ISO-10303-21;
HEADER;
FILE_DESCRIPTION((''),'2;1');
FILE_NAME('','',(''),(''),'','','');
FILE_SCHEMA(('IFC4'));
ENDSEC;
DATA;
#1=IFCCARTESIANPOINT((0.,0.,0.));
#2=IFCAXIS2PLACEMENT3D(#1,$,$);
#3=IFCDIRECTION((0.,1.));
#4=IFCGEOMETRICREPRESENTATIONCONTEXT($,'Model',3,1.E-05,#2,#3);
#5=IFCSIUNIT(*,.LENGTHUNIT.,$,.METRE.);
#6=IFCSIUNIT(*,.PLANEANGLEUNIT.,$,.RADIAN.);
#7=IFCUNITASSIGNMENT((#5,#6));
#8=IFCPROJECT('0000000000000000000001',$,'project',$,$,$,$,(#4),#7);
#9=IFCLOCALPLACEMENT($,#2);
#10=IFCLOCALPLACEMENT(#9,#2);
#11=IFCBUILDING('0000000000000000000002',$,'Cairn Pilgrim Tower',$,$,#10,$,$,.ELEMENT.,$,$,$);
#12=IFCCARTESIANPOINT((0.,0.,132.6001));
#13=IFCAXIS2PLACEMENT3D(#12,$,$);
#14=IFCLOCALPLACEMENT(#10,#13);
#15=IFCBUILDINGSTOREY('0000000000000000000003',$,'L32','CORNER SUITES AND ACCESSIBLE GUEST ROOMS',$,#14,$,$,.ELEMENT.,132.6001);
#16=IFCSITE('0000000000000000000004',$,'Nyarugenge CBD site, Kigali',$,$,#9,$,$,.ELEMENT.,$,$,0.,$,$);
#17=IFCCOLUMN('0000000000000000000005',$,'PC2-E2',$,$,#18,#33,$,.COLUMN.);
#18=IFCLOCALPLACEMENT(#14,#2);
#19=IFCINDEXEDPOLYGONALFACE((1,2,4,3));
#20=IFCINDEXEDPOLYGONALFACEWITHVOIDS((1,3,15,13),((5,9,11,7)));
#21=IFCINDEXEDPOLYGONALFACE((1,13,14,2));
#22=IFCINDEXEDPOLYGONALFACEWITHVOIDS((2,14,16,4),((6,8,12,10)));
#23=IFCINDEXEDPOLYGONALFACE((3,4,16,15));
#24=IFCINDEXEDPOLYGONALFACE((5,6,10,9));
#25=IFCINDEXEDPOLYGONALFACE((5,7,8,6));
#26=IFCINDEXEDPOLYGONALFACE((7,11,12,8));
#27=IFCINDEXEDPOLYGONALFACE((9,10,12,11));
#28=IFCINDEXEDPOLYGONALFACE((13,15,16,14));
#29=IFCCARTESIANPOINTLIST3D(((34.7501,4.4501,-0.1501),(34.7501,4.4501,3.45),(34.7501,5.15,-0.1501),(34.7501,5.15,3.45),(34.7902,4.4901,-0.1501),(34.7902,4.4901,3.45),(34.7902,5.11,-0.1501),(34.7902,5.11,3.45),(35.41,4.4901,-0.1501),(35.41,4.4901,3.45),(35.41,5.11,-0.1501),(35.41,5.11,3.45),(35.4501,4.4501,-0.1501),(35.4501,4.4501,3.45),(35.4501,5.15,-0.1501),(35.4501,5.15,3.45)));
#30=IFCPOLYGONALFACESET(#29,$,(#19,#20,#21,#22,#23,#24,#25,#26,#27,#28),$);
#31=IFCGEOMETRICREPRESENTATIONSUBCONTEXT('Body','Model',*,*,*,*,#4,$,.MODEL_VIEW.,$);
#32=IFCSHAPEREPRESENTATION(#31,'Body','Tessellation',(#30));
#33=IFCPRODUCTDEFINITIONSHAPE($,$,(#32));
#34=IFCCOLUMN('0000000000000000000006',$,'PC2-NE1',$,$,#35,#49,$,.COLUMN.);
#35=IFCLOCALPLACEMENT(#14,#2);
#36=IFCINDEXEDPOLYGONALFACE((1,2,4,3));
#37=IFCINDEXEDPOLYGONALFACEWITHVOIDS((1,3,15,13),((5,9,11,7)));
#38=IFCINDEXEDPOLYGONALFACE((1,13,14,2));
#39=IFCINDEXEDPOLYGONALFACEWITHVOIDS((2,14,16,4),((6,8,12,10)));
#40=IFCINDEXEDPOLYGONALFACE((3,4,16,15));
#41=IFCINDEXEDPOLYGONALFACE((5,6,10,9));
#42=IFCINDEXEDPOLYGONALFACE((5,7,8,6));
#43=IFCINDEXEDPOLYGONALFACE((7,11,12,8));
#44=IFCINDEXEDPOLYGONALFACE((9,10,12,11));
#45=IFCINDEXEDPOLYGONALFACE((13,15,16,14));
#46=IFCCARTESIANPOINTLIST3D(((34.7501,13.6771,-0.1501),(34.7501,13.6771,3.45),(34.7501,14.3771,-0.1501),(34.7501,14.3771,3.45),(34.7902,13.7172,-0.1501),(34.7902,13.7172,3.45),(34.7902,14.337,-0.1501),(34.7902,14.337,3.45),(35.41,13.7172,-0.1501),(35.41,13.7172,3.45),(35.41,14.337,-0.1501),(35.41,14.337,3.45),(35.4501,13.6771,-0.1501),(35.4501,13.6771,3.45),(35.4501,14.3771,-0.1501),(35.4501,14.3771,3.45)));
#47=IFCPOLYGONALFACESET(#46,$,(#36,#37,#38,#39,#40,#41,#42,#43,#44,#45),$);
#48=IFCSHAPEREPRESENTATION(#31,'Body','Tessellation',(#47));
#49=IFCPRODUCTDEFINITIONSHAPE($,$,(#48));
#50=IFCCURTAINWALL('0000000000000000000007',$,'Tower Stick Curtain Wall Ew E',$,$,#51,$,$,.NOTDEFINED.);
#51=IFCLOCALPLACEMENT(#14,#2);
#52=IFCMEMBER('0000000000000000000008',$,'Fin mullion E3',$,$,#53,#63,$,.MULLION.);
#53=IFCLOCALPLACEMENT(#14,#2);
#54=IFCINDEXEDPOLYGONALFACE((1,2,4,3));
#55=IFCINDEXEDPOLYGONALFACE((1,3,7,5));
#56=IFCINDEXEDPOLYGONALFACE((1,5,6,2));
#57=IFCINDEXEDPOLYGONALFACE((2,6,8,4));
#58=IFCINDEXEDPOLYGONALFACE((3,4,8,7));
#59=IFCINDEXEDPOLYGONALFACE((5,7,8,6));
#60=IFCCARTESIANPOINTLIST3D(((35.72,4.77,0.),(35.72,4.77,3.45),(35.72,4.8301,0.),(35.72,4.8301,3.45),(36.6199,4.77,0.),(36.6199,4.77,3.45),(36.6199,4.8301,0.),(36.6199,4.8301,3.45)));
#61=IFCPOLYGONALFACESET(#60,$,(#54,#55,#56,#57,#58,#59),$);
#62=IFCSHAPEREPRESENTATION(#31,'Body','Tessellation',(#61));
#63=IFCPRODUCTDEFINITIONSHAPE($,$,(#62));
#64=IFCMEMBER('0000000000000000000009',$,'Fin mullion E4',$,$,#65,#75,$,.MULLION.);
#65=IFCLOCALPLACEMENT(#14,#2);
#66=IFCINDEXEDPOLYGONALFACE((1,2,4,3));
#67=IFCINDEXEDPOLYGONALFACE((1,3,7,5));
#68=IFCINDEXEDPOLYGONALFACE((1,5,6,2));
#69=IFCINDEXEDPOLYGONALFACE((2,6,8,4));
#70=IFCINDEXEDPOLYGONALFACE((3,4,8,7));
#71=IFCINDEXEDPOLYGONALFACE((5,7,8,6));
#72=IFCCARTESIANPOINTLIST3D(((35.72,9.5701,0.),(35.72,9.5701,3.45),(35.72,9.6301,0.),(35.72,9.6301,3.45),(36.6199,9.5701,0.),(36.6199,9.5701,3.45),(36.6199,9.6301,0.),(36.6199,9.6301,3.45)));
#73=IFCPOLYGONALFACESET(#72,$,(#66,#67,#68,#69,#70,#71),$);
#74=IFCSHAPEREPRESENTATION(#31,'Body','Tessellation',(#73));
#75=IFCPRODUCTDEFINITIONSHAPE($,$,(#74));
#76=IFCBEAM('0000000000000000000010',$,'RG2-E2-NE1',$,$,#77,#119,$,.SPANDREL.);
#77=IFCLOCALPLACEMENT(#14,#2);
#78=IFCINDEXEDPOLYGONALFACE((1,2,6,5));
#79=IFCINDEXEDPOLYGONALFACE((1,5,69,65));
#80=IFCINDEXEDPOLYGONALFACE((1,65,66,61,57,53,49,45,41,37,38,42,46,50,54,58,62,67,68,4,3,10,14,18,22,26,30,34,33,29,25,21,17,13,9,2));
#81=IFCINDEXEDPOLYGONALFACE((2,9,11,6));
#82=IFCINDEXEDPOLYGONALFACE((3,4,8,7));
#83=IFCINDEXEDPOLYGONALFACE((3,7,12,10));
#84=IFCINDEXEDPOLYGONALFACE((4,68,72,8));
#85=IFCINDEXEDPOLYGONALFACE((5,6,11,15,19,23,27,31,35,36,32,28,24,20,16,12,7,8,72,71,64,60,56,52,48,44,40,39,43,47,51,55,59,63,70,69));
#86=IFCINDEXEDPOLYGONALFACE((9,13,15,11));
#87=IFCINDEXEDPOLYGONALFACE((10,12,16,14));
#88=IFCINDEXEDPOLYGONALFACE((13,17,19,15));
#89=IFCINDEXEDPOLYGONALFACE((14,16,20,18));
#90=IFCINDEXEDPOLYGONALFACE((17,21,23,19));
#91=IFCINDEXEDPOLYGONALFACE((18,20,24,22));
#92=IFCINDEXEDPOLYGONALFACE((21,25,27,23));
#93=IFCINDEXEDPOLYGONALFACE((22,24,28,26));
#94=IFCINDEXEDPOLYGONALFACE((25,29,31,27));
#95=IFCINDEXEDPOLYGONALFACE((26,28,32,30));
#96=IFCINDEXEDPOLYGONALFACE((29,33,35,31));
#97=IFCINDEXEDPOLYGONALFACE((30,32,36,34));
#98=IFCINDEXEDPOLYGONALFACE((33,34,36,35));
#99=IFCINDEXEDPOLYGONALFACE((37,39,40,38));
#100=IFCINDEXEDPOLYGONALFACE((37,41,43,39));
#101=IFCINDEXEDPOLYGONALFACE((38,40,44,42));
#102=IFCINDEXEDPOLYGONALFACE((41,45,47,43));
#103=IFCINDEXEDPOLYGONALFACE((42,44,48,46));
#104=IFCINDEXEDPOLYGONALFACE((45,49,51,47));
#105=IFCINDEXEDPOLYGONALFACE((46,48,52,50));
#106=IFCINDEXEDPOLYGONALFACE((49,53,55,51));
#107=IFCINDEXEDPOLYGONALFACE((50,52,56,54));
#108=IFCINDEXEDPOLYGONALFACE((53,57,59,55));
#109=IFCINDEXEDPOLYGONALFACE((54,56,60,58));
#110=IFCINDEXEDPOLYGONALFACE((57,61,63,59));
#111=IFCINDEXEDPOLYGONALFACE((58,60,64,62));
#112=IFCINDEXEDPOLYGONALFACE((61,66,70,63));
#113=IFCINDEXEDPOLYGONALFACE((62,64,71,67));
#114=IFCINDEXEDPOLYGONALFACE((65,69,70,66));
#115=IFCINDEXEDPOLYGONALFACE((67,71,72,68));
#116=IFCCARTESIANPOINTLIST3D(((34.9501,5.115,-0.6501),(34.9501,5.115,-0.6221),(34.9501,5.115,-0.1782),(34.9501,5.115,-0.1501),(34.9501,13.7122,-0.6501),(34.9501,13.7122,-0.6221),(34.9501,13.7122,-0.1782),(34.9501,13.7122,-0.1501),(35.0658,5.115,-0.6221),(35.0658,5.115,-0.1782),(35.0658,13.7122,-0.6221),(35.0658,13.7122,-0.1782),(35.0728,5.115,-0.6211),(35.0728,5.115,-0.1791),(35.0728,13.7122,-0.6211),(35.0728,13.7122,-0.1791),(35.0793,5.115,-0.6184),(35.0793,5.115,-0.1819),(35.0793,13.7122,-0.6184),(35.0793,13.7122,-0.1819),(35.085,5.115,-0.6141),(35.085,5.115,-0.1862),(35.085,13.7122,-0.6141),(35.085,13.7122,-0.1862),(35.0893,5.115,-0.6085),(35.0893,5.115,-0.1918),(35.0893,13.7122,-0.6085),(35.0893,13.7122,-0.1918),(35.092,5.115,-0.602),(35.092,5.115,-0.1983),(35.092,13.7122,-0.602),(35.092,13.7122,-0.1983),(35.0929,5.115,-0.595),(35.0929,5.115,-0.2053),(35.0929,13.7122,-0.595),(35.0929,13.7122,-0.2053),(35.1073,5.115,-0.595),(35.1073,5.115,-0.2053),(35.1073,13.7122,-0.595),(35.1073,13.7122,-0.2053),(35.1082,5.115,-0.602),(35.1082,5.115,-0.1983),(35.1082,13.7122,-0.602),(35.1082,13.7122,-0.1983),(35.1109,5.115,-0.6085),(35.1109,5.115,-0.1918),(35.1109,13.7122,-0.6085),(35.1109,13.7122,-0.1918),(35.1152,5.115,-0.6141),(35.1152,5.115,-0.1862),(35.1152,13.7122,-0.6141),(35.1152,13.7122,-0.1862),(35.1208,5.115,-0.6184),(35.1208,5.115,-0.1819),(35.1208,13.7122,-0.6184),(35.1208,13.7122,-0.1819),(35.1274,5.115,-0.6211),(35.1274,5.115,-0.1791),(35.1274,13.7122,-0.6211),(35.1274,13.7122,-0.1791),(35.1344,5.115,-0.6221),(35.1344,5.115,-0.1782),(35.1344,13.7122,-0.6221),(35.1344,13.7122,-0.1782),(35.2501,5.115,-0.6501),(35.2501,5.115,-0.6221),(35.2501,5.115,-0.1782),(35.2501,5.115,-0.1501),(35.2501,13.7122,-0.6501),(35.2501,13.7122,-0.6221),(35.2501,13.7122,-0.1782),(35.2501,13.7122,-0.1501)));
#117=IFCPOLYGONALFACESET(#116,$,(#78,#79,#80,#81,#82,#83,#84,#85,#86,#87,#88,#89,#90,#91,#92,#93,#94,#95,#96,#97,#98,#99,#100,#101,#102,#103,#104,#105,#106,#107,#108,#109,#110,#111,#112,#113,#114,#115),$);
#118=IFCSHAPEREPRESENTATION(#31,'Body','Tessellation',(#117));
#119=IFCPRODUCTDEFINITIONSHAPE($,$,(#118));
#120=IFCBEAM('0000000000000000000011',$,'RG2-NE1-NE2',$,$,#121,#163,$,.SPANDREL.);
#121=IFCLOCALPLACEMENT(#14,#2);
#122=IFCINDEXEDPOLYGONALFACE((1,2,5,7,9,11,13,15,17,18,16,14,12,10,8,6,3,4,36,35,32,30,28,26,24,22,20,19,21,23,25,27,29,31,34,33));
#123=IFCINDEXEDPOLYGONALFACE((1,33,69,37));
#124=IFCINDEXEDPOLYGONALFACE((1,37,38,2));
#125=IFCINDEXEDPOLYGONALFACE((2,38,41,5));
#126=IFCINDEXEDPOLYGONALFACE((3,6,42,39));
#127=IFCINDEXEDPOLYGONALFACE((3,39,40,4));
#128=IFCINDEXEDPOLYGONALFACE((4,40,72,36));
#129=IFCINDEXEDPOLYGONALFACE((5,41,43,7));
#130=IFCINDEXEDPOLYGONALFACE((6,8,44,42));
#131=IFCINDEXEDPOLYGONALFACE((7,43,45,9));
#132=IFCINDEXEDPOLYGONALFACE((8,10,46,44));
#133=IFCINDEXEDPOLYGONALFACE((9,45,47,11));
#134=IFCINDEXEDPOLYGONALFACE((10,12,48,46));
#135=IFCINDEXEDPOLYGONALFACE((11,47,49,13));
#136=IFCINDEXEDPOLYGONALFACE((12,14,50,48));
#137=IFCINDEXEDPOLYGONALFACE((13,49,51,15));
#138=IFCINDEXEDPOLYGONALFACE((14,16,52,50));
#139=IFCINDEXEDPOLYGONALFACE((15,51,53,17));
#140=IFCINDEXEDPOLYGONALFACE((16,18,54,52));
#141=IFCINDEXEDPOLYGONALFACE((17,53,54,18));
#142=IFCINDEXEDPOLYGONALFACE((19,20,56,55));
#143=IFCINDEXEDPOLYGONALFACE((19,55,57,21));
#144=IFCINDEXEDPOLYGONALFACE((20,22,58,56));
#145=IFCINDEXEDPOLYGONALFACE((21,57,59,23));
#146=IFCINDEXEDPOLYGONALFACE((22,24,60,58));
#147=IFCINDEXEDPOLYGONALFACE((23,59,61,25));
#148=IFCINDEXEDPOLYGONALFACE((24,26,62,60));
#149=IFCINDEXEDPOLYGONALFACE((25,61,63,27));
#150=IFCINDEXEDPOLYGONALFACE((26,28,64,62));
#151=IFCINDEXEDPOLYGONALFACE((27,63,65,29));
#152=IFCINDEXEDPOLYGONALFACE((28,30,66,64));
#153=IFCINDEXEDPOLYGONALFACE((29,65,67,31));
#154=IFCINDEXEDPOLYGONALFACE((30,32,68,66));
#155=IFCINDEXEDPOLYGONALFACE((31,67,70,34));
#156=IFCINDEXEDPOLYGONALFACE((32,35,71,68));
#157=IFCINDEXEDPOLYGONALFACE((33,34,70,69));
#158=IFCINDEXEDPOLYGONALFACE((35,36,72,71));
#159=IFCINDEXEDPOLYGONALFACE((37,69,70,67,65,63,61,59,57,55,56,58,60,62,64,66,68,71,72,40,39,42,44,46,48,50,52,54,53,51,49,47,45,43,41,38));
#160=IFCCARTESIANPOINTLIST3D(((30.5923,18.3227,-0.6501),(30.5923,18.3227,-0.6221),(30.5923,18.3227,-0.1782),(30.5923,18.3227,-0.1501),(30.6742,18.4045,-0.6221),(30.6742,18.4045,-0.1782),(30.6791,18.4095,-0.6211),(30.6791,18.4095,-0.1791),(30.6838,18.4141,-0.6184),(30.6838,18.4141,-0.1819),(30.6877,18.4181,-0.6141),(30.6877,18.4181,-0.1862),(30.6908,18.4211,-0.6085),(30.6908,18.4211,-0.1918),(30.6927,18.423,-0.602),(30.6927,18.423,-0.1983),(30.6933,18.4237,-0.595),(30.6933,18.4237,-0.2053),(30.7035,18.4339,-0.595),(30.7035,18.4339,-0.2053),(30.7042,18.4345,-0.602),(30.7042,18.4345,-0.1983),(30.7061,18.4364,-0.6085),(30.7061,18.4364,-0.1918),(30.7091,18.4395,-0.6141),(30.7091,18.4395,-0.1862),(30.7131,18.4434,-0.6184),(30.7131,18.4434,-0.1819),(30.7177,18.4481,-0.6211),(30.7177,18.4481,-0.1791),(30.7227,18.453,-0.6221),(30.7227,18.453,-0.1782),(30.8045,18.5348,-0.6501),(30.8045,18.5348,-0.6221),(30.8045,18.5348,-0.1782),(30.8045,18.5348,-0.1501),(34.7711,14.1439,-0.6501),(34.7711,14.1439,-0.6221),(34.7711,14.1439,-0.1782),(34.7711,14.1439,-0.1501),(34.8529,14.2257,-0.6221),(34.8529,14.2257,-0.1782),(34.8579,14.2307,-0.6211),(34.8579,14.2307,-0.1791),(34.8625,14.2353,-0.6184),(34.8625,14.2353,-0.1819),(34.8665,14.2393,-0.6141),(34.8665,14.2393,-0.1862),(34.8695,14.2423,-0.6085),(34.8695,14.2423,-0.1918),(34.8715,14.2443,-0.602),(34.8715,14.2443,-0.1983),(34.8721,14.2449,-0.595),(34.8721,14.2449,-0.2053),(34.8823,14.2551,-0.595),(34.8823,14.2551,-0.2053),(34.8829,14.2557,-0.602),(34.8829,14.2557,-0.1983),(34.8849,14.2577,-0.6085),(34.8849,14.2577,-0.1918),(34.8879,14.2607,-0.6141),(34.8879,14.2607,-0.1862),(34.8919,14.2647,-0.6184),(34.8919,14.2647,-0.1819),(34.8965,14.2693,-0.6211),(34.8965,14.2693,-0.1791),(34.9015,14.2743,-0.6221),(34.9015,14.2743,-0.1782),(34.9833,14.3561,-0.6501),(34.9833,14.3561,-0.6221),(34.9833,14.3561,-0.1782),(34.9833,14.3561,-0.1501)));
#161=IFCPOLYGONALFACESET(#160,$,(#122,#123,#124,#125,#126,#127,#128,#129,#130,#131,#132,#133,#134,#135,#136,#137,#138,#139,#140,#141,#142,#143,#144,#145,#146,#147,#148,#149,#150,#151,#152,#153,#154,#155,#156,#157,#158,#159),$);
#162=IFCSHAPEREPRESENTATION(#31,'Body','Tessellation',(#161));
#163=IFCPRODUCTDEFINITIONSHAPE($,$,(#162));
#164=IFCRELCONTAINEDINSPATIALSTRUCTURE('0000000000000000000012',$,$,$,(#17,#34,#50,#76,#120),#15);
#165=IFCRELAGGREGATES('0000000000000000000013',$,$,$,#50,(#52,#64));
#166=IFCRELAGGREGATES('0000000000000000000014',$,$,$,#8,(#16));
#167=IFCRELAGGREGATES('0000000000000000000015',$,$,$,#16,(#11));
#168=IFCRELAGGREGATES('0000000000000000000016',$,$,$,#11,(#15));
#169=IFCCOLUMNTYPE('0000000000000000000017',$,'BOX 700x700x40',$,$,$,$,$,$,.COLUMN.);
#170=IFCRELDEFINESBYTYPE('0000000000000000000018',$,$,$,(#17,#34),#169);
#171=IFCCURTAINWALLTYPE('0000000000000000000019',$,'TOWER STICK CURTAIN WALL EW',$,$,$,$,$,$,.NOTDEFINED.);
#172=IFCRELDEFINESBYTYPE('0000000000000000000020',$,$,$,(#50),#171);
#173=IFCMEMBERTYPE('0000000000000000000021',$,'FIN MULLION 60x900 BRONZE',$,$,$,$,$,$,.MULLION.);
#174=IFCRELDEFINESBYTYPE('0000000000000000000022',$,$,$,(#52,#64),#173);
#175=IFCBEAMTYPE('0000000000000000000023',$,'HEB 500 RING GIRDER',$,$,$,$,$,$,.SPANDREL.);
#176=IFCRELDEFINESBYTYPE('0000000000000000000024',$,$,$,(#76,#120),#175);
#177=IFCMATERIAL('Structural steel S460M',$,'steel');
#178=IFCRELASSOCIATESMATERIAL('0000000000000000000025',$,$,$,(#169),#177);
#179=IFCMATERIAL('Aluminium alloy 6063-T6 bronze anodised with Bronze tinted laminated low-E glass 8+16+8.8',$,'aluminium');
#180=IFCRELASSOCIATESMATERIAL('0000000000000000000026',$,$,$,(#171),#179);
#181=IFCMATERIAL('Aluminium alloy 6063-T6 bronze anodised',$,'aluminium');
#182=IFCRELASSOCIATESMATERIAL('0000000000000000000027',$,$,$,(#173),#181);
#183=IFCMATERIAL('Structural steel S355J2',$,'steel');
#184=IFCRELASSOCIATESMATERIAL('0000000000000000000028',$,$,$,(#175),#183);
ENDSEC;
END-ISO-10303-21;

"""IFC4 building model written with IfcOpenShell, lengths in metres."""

from ifc_helpers import new_model, si_unit, direction, frame, origin, origin_2d, place, context, subcontext, project, spatial, rectangle, hollow_rectangle, i_section, extrude, material, material_profile, profile_set, type_object, element, aggregate, save


model = new_model("IFC4")

# Units and contexts
model_context = context("Model", 3, precision=1e-05, world=origin(), true_north=direction((0.0, 1.0)))
body_context = subcontext(model_context, "Body", "Model", "MODEL_VIEW")
ifc_project = project(units=[si_unit("LENGTHUNIT", "METRE"), si_unit("PLANEANGLEUNIT", "RADIAN")], contexts=[model_context])

# Site, building, storey
site_placement = place(None, origin())
site = spatial("IfcSite", under=ifc_project, at=site_placement, Name="Nyarugenge CBD site, Kigali", CompositionType="ELEMENT", RefElevation=0.0)
building_placement = place(site_placement, origin())
building = spatial("IfcBuilding", under=site, at=building_placement, Name="Cairn Pilgrim Tower", CompositionType="ELEMENT")
storey_placement = place(building_placement, frame((0.0, 0.0, 132.6001)))
storey = spatial("IfcBuildingStorey", under=building, at=storey_placement, Name="L32", Description="CORNER SUITES AND ACCESSIBLE GUEST ROOMS", CompositionType="ELEMENT", Elevation=132.6001)

# Columns
ifc_material_1 = material(Name="Structural steel S460M", Category="steel")
ifc_material_profile_1 = material_profile(ifc_material_1, hollow_rectangle(XDim=0.7, YDim=0.7, WallThickness=0.04, at=origin_2d()), Name="BOX 700x700x40")
ifc_profile_set_1 = profile_set([ifc_material_profile_1], Name="Structural steel S460M")
column_type = type_object("IfcColumnType", Name="BOX 700x700x40", PredefinedType="COLUMN", material=ifc_profile_set_1)
for number, where, z_axis, x_axis, name in (
    (1, (35.1001, 4.8, -0.1501), (0.0, 0.0, 1.0), (1.0, 0.0, 0.0), "PC2-E2"),
    (2, (35.1001, 14.0271, -0.1501), (0.0, 0.0, 1.0), (1.0, 0.0, 0.0), "PC2-NE1"),
):
    element("IfcColumn", number, at=place(storey_placement, frame(where, z_axis=z_axis, x_axis=x_axis)), inside=storey, type_object=column_type, Name=name, PredefinedType="COLUMN", context=body_context, shape_type="SweptSolid", body=[
        extrude(hollow_rectangle(XDim=0.7, YDim=0.7, WallThickness=0.04, at=origin_2d()), origin(), (0.0, 0.0, 1.0), 3.6001),
    ])

# Curtain wall, members
ifc_material_2 = material(Name="Aluminium alloy 6063-T6 bronze anodised with Bronze tinted laminated low-E glass 8+16+8.8", Category="aluminium")
curtain_wall_type = type_object("IfcCurtainWallType", Name="TOWER STICK CURTAIN WALL EW", PredefinedType="NOTDEFINED", material=ifc_material_2)
curtain_wall_placement = place(storey_placement, origin())
curtain_wall = element("IfcCurtainWall", 3, at=curtain_wall_placement, inside=storey, type_object=curtain_wall_type, Name="Tower Stick Curtain Wall Ew E", PredefinedType="NOTDEFINED")
ifc_material_3 = material(Name="Aluminium alloy 6063-T6 bronze anodised", Category="aluminium")
ifc_material_profile_2 = material_profile(ifc_material_3, rectangle(XDim=0.8999, YDim=0.0601, at=origin_2d()), Name="FIN MULLION 60x900 BRONZE")
ifc_profile_set_2 = profile_set([ifc_material_profile_2], Name="Aluminium alloy 6063-T6 bronze anodised")
member_type = type_object("IfcMemberType", Name="FIN MULLION 60x900 BRONZE", PredefinedType="MULLION", material=ifc_profile_set_2)
member_1_placement = place(storey_placement, frame((36.1699, 4.8, 0.0), z_axis=(0.0, 0.0, 1.0), x_axis=(1.0, 0.0, 0.0)))
member_1 = element("IfcMember", 4, at=member_1_placement, type_object=member_type, Name="Fin mullion E3", PredefinedType="MULLION", context=body_context, shape_type="SweptSolid", body=[
    extrude(rectangle(XDim=0.8999, YDim=0.0601, at=origin_2d()), origin(), (0.0, 0.0, 1.0), 3.45),
])
member_2_placement = place(storey_placement, frame((36.1699, 9.6001, 0.0), z_axis=(0.0, 0.0, 1.0), x_axis=(1.0, 0.0, 0.0)))
member_2 = element("IfcMember", 5, at=member_2_placement, type_object=member_type, Name="Fin mullion E4", PredefinedType="MULLION", context=body_context, shape_type="SweptSolid", body=[
    extrude(rectangle(XDim=0.8999, YDim=0.0601, at=origin_2d()), origin(), (0.0, 0.0, 1.0), 3.45),
])
aggregate(curtain_wall, [member_1, member_2])

# Beams
ifc_material_4 = material(Name="Structural steel S355J2", Category="steel")
ifc_material_profile_3 = material_profile(ifc_material_4, i_section(OverallWidth=0.3, OverallDepth=0.5, WebThickness=0.0144, FlangeThickness=0.0281, FilletRadius=0.0271, at=origin_2d()), Name="HEB 500")
ifc_profile_set_3 = profile_set([ifc_material_profile_3], Name="Structural steel S355J2")
beam_type_1 = type_object("IfcBeamType", Name="HEB 500 RING GIRDER", PredefinedType="SPANDREL", material=ifc_profile_set_3)
beam_1_placement = place(storey_placement, frame((35.1001, 5.115, -0.4001), z_axis=(0.0, 1.0, 0.0), x_axis=(-1.0, 0.0, 0.0)))
element("IfcBeam", 6, at=beam_1_placement, inside=storey, type_object=beam_type_1, Name="RG2-E2-NE1", PredefinedType="SPANDREL", context=body_context, shape_type="SweptSolid", body=[
    extrude(i_section(OverallWidth=0.3, OverallDepth=0.5, WebThickness=0.0144, FlangeThickness=0.0281, FilletRadius=0.0271, at=origin_2d()), origin(), (0.0, 0.0, 1.0), 8.5972),
])
beam_2_placement = place(storey_placement, frame((34.8772, 14.25, -0.4001), z_axis=(-0.707107, 0.707107, 0.0), x_axis=(-0.707107, -0.707107, 0.0)))
element("IfcBeam", 7, at=beam_2_placement, inside=storey, type_object=beam_type_1, Name="RG2-NE1-NE2", PredefinedType="SPANDREL", context=body_context, shape_type="SweptSolid", body=[
    extrude(i_section(OverallWidth=0.3, OverallDepth=0.5, WebThickness=0.0144, FlangeThickness=0.0281, FilletRadius=0.0271, at=origin_2d()), origin(), (0.0, 0.0, 1.0), 5.9097),
])

save(model, "model.ifc")
